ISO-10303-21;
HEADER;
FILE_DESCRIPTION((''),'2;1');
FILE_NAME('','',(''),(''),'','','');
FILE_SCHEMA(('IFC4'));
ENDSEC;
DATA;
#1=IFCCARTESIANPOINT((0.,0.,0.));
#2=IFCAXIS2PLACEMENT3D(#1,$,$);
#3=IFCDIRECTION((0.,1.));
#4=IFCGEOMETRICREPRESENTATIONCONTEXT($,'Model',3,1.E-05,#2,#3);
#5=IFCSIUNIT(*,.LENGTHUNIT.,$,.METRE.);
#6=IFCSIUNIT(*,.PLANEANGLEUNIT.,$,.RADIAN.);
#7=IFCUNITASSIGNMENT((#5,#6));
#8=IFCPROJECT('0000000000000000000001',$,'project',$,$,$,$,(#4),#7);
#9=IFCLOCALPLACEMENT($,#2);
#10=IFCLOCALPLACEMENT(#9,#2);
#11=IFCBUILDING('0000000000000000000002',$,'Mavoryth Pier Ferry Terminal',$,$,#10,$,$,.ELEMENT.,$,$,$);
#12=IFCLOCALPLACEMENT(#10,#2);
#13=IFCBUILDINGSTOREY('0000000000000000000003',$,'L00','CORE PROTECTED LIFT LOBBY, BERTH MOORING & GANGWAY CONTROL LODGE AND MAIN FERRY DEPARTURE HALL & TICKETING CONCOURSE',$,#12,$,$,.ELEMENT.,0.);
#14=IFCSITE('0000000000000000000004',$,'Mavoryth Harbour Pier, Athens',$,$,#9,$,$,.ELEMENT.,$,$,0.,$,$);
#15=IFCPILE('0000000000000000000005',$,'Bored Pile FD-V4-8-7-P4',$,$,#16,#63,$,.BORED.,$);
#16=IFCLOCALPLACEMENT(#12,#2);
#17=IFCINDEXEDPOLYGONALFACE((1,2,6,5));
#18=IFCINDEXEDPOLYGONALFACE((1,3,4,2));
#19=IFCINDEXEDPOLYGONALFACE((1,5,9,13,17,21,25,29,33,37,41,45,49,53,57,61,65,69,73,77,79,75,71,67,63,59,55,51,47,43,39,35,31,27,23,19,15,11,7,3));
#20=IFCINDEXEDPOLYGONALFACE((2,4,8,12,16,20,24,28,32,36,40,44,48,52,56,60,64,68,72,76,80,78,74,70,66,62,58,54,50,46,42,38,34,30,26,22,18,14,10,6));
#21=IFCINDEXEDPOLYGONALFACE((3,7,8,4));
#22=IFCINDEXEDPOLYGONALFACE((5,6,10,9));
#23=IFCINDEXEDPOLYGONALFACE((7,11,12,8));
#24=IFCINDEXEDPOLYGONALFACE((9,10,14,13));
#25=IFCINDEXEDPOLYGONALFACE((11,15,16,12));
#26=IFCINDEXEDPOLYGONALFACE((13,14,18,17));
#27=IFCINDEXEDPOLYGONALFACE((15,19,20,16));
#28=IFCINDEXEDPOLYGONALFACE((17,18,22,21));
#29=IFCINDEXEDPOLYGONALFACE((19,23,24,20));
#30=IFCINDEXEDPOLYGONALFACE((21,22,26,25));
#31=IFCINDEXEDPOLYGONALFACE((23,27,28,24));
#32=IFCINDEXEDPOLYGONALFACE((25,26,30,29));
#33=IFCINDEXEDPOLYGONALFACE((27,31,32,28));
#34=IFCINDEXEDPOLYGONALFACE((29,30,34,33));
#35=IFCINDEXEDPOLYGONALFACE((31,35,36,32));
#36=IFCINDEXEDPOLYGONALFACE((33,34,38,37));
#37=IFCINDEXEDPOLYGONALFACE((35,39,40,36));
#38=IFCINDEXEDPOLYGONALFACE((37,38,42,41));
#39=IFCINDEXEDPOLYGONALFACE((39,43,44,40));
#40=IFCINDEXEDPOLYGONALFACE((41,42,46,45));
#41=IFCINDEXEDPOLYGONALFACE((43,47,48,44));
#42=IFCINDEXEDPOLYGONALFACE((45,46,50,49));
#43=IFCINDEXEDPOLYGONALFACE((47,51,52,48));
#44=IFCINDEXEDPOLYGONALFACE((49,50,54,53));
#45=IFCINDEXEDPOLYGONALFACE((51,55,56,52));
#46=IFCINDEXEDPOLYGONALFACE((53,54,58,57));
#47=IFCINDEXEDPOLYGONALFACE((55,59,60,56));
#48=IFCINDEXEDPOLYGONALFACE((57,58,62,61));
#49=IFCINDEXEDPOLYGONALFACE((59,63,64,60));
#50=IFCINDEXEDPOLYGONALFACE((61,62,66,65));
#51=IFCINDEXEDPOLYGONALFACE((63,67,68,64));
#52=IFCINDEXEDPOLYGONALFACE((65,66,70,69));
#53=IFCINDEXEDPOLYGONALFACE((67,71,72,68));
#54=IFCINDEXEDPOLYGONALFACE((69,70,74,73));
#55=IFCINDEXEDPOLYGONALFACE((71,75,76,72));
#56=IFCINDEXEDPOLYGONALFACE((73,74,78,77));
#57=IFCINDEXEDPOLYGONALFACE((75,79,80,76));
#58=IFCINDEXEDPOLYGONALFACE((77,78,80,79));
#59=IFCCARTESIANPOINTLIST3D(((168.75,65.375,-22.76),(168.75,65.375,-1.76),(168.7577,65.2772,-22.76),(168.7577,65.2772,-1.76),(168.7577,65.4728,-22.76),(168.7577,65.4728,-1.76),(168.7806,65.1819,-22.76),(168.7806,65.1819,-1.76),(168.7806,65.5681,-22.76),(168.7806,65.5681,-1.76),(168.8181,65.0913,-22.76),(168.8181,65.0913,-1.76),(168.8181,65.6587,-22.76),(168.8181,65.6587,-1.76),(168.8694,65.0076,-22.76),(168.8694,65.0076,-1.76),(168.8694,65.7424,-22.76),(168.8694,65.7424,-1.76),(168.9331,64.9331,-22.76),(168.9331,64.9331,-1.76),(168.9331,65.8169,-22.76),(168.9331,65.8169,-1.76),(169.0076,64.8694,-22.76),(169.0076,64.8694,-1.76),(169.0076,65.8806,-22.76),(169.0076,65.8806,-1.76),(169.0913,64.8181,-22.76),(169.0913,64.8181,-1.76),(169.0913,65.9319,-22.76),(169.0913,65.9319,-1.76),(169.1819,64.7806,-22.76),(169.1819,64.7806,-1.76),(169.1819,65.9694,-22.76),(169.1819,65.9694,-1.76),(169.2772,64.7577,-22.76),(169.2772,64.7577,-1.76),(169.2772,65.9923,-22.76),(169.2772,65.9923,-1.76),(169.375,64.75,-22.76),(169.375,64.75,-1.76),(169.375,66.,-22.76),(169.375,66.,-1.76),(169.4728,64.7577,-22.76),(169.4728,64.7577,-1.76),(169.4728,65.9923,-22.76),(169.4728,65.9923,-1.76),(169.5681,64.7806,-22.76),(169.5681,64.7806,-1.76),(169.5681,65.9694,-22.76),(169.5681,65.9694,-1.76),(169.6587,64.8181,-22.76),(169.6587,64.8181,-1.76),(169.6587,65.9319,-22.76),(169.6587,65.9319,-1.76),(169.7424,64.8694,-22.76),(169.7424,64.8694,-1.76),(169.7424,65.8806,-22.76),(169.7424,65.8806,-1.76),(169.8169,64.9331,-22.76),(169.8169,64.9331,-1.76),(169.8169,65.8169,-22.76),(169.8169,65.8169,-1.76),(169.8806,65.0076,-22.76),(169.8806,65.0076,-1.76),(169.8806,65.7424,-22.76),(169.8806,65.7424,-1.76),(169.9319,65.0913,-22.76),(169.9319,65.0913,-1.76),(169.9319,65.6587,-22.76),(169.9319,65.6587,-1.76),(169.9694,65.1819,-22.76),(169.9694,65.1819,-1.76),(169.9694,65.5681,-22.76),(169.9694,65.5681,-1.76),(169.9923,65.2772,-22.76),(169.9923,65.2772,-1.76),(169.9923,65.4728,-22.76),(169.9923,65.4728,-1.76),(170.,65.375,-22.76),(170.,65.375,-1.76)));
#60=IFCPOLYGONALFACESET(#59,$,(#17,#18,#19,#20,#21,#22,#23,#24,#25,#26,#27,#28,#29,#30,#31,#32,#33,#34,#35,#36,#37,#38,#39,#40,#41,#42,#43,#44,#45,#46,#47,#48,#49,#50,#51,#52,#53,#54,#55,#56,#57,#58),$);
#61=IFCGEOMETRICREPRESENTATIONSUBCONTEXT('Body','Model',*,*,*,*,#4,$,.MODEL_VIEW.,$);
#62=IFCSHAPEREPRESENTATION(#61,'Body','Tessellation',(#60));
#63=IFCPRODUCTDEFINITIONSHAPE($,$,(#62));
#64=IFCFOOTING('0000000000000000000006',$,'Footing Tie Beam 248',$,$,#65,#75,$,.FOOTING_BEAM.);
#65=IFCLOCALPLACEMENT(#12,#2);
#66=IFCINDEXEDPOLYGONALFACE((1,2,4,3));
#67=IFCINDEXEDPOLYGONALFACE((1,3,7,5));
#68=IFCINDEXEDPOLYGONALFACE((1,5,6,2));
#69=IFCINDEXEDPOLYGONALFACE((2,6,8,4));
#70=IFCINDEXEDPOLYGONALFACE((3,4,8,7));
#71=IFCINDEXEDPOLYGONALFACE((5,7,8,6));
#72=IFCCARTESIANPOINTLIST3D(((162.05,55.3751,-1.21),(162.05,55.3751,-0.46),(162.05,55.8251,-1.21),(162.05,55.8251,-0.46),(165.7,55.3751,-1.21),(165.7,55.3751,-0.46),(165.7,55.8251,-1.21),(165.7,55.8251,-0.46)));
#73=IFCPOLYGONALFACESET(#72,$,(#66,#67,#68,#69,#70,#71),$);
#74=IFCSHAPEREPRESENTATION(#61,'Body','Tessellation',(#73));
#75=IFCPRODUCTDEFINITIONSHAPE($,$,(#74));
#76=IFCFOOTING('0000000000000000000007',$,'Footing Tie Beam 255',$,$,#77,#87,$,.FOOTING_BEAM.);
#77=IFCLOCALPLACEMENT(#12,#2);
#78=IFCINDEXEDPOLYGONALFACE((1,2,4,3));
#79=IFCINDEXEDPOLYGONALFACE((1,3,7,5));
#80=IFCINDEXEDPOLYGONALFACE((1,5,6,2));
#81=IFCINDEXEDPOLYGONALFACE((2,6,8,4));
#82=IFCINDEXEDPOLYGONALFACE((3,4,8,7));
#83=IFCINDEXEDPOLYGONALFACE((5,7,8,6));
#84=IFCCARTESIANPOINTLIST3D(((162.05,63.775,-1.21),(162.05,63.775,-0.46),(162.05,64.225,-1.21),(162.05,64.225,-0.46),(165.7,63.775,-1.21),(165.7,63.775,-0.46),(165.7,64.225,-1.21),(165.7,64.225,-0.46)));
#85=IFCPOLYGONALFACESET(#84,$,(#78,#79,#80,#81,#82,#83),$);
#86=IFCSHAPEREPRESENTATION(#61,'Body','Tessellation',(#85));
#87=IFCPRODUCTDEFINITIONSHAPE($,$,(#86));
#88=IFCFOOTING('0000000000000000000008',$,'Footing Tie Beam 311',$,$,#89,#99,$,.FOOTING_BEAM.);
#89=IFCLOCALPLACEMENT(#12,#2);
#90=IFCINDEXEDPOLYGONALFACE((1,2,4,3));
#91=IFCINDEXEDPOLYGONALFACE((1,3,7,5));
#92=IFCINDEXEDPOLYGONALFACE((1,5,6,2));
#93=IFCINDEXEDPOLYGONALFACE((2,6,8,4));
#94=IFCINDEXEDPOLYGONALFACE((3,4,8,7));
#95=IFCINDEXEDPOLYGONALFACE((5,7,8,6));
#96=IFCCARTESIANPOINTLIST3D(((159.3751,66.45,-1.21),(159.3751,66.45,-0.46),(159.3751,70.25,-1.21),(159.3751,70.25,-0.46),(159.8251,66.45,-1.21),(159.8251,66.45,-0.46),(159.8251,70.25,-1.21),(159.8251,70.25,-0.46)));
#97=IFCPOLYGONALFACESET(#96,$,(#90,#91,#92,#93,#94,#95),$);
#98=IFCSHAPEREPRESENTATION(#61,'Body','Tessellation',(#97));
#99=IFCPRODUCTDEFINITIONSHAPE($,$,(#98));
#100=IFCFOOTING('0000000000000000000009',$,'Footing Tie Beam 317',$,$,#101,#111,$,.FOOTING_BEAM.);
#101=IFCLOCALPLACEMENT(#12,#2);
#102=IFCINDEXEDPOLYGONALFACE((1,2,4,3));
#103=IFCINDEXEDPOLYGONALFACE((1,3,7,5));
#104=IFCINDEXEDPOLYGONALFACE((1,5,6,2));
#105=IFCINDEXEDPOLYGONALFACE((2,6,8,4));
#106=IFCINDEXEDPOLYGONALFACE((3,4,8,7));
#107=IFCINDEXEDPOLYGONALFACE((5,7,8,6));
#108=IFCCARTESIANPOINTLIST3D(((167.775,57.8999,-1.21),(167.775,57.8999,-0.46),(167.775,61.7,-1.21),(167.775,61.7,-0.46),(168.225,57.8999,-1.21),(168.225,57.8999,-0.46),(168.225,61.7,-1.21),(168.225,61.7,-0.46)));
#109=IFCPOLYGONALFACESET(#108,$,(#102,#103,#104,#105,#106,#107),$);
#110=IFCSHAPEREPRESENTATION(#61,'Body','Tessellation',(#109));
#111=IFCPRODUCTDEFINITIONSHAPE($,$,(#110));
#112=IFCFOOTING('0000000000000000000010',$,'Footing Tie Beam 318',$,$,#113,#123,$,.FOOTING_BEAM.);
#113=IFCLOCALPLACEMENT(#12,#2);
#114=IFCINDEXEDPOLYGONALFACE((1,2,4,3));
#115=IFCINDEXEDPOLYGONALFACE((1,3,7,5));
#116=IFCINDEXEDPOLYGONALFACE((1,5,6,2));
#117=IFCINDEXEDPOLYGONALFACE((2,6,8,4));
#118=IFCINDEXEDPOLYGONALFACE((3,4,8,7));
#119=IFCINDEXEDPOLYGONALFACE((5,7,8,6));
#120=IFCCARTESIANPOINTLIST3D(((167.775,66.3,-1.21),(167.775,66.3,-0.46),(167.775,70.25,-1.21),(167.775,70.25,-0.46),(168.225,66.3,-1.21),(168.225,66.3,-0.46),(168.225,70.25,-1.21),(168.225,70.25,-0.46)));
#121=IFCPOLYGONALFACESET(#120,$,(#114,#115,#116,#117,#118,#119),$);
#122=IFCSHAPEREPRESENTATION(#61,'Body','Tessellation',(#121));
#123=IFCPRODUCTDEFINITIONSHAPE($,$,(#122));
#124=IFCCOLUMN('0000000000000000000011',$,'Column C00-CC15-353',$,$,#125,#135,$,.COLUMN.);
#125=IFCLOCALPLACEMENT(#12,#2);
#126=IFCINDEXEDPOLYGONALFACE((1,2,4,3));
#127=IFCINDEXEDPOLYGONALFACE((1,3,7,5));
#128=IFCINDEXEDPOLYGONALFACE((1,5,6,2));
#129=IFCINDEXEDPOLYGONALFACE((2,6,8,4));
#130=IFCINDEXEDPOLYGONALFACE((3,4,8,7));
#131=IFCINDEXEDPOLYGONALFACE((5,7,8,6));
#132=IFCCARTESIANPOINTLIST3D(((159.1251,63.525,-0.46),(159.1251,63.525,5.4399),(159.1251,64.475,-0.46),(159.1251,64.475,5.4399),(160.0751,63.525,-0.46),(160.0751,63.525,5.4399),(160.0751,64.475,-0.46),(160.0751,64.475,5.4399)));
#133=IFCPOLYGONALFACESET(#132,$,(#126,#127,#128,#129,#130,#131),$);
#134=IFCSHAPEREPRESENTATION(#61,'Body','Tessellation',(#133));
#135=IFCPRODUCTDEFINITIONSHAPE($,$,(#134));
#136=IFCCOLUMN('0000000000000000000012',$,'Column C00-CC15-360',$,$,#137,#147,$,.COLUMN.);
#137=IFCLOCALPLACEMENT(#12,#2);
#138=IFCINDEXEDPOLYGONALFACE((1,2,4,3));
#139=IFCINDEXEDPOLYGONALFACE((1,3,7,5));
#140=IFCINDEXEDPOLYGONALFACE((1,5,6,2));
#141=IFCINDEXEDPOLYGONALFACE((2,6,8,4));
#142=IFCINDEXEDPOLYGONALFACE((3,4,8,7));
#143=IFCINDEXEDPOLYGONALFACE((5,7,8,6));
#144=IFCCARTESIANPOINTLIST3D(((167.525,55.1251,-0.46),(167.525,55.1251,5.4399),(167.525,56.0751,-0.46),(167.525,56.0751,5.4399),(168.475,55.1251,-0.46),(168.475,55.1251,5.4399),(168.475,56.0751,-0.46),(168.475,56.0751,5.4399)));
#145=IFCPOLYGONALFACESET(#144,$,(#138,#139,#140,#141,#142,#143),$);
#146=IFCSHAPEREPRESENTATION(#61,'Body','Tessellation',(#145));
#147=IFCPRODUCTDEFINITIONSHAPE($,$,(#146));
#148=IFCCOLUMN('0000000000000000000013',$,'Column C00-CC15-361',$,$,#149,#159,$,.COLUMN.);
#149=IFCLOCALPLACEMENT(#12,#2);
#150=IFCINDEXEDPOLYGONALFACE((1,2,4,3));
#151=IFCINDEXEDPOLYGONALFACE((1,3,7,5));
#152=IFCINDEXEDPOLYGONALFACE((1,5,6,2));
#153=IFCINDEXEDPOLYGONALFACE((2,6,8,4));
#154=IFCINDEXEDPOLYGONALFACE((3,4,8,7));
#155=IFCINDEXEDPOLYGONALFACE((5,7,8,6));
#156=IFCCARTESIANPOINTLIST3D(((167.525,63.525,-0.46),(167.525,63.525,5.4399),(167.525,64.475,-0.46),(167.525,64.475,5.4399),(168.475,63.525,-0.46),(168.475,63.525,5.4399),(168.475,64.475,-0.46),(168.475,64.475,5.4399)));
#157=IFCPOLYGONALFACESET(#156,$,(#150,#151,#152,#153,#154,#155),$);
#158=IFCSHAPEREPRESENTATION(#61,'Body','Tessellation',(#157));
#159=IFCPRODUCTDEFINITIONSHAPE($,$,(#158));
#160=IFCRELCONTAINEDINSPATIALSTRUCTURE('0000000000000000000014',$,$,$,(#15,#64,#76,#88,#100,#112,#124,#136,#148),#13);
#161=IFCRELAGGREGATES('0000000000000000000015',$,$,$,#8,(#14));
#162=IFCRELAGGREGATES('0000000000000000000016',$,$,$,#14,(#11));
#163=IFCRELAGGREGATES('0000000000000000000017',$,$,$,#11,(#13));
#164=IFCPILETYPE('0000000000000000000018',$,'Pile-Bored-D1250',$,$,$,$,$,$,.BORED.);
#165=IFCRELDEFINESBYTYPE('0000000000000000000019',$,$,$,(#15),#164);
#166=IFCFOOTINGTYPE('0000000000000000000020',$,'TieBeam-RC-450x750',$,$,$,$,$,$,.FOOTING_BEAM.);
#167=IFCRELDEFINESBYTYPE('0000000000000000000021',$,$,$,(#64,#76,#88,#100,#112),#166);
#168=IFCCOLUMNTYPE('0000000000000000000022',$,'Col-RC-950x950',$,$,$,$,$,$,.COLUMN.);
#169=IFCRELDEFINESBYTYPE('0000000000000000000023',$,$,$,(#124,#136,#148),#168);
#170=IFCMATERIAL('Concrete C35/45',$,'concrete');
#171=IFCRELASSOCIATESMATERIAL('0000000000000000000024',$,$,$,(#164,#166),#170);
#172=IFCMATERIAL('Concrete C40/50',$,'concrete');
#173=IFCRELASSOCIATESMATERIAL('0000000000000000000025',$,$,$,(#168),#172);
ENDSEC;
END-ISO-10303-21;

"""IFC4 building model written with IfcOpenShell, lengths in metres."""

from ifc_helpers import new_model, si_unit, direction, frame, origin, origin_2d, place, context, subcontext, project, spatial, rectangle, circle, extrude, material, material_profile, profile_set, type_object, element, save


model = new_model("IFC4")

# Units and contexts
model_context = context("Model", 3, precision=1e-05, world=origin(), true_north=direction((0.0, 1.0)))
body_context = subcontext(model_context, "Body", "Model", "MODEL_VIEW")
ifc_project = project(units=[si_unit("LENGTHUNIT", "METRE"), si_unit("PLANEANGLEUNIT", "RADIAN")], contexts=[model_context])

# Site, building, storey
site_placement = place(None, origin())
site = spatial("IfcSite", under=ifc_project, at=site_placement, Name="Mavoryth Harbour Pier, Athens", CompositionType="ELEMENT", RefElevation=0.0)
building_placement = place(site_placement, origin())
building = spatial("IfcBuilding", under=site, at=building_placement, Name="Mavoryth Pier Ferry Terminal", CompositionType="ELEMENT")
storey_placement = place(building_placement, origin())
storey = spatial("IfcBuildingStorey", under=building, at=storey_placement, Name="L00", Description="CORE PROTECTED LIFT LOBBY, BERTH MOORING & GANGWAY CONTROL LODGE AND MAIN FERRY DEPARTURE HALL & TICKETING CONCOURSE", CompositionType="ELEMENT", Elevation=0.0)

# Shared definitions
ifc_material_1 = material(Name="Concrete C35/45", Category="concrete")

# Pile
ifc_material_profile_1 = material_profile(ifc_material_1, circle(Radius=0.625, at=origin_2d()), Name="PILE D1250", Category="concrete")
ifc_profile_set_1 = profile_set([ifc_material_profile_1], Name="Concrete C35/45 - PILE D1250")
pile_type = type_object("IfcPileType", Name="Pile-Bored-D1250", PredefinedType="BORED", material=ifc_profile_set_1)
for number, where, z_axis, x_axis, name in (
    (1, (169.375, 65.375, -1.76), (0.0, 0.0, -1.0), (1.0, 0.0, 0.0), "Bored Pile FD-V4-8-7-P4"),
):
    element("IfcPile", number, at=place(storey_placement, frame(where, z_axis=z_axis, x_axis=x_axis)), inside=storey, type_object=pile_type, Name=name, PredefinedType="BORED", context=body_context, shape_type="SweptSolid", body=[
        extrude(circle(Radius=0.625, at=origin_2d()), origin(), (0.0, 0.0, 1.0), 21.0),
    ])

# Footings
ifc_material_profile_2 = material_profile(ifc_material_1, rectangle(XDim=0.45, YDim=0.75, at=origin_2d()), Name="RC 450x750", Category="concrete")
ifc_profile_set_2 = profile_set([ifc_material_profile_2], Name="Concrete C35/45 - RC 450x750")
footing_type_1 = type_object("IfcFootingType", Name="TieBeam-RC-450x750", PredefinedType="FOOTING_BEAM", material=ifc_profile_set_2)
for number, where, z_axis, x_axis, name in (
    (2, (162.05, 55.6001, -0.835), (1.0, 0.0, 0.0), (0.0, 1.0, 0.0), "Footing Tie Beam 248"),
    (3, (162.05, 64.0, -0.835), (1.0, 0.0, 0.0), (0.0, 1.0, 0.0), "Footing Tie Beam 255"),
):
    element("IfcFooting", number, at=place(storey_placement, frame(where, z_axis=z_axis, x_axis=x_axis)), inside=storey, type_object=footing_type_1, Name=name, PredefinedType="FOOTING_BEAM", context=body_context, shape_type="SweptSolid", body=[
        extrude(rectangle(XDim=0.45, YDim=0.75, at=origin_2d()), origin(), (0.0, 0.0, 1.0), 3.6499),
    ])
for number, where, z_axis, x_axis, name in (
    (4, (159.6001, 66.45, -0.835), (0.0, 1.0, 0.0), (-1.0, 0.0, 0.0), "Footing Tie Beam 311"),
    (5, (168.0, 57.8999, -0.835), (0.0, 1.0, 0.0), (-1.0, 0.0, 0.0), "Footing Tie Beam 317"),
):
    element("IfcFooting", number, at=place(storey_placement, frame(where, z_axis=z_axis, x_axis=x_axis)), inside=storey, type_object=footing_type_1, Name=name, PredefinedType="FOOTING_BEAM", context=body_context, shape_type="SweptSolid", body=[
        extrude(rectangle(XDim=0.45, YDim=0.75, at=origin_2d()), origin(), (0.0, 0.0, 1.0), 3.8),
    ])
footing_placement = place(storey_placement, frame((168.0, 66.3, -0.835), z_axis=(0.0, 1.0, 0.0), x_axis=(-1.0, 0.0, 0.0)))
element("IfcFooting", 6, at=footing_placement, inside=storey, type_object=footing_type_1, Name="Footing Tie Beam 318", PredefinedType="FOOTING_BEAM", context=body_context, shape_type="SweptSolid", body=[
    extrude(rectangle(XDim=0.45, YDim=0.75, at=origin_2d()), origin(), (0.0, 0.0, 1.0), 3.95),
])

# Columns
ifc_material_2 = material(Name="Concrete C40/50", Category="concrete")
ifc_material_profile_3 = material_profile(ifc_material_2, rectangle(XDim=0.95, YDim=0.95, at=origin_2d()), Name="RC 950x950", Category="concrete")
ifc_profile_set_3 = profile_set([ifc_material_profile_3], Name="Concrete C40/50 - RC 950x950")
column_type = type_object("IfcColumnType", Name="Col-RC-950x950", PredefinedType="COLUMN", material=ifc_profile_set_3)
for number, where, z_axis, x_axis, name in (
    (7, (159.6001, 64.0, -0.46), (0.0, 0.0, 1.0), (1.0, 0.0, 0.0), "Column C00-CC15-353"),
    (8, (168.0, 55.6001, -0.46), (0.0, 0.0, 1.0), (1.0, 0.0, 0.0), "Column C00-CC15-360"),
    (9, (168.0, 64.0, -0.46), (0.0, 0.0, 1.0), (1.0, 0.0, 0.0), "Column C00-CC15-361"),
):
    element("IfcColumn", number, at=place(storey_placement, frame(where, z_axis=z_axis, x_axis=x_axis)), inside=storey, type_object=column_type, Name=name, PredefinedType="COLUMN", context=body_context, shape_type="SweptSolid", body=[
        extrude(rectangle(XDim=0.95, YDim=0.95, at=origin_2d()), origin(), (0.0, 0.0, 1.0), 5.8999),
    ])

save(model, "model.ifc")
